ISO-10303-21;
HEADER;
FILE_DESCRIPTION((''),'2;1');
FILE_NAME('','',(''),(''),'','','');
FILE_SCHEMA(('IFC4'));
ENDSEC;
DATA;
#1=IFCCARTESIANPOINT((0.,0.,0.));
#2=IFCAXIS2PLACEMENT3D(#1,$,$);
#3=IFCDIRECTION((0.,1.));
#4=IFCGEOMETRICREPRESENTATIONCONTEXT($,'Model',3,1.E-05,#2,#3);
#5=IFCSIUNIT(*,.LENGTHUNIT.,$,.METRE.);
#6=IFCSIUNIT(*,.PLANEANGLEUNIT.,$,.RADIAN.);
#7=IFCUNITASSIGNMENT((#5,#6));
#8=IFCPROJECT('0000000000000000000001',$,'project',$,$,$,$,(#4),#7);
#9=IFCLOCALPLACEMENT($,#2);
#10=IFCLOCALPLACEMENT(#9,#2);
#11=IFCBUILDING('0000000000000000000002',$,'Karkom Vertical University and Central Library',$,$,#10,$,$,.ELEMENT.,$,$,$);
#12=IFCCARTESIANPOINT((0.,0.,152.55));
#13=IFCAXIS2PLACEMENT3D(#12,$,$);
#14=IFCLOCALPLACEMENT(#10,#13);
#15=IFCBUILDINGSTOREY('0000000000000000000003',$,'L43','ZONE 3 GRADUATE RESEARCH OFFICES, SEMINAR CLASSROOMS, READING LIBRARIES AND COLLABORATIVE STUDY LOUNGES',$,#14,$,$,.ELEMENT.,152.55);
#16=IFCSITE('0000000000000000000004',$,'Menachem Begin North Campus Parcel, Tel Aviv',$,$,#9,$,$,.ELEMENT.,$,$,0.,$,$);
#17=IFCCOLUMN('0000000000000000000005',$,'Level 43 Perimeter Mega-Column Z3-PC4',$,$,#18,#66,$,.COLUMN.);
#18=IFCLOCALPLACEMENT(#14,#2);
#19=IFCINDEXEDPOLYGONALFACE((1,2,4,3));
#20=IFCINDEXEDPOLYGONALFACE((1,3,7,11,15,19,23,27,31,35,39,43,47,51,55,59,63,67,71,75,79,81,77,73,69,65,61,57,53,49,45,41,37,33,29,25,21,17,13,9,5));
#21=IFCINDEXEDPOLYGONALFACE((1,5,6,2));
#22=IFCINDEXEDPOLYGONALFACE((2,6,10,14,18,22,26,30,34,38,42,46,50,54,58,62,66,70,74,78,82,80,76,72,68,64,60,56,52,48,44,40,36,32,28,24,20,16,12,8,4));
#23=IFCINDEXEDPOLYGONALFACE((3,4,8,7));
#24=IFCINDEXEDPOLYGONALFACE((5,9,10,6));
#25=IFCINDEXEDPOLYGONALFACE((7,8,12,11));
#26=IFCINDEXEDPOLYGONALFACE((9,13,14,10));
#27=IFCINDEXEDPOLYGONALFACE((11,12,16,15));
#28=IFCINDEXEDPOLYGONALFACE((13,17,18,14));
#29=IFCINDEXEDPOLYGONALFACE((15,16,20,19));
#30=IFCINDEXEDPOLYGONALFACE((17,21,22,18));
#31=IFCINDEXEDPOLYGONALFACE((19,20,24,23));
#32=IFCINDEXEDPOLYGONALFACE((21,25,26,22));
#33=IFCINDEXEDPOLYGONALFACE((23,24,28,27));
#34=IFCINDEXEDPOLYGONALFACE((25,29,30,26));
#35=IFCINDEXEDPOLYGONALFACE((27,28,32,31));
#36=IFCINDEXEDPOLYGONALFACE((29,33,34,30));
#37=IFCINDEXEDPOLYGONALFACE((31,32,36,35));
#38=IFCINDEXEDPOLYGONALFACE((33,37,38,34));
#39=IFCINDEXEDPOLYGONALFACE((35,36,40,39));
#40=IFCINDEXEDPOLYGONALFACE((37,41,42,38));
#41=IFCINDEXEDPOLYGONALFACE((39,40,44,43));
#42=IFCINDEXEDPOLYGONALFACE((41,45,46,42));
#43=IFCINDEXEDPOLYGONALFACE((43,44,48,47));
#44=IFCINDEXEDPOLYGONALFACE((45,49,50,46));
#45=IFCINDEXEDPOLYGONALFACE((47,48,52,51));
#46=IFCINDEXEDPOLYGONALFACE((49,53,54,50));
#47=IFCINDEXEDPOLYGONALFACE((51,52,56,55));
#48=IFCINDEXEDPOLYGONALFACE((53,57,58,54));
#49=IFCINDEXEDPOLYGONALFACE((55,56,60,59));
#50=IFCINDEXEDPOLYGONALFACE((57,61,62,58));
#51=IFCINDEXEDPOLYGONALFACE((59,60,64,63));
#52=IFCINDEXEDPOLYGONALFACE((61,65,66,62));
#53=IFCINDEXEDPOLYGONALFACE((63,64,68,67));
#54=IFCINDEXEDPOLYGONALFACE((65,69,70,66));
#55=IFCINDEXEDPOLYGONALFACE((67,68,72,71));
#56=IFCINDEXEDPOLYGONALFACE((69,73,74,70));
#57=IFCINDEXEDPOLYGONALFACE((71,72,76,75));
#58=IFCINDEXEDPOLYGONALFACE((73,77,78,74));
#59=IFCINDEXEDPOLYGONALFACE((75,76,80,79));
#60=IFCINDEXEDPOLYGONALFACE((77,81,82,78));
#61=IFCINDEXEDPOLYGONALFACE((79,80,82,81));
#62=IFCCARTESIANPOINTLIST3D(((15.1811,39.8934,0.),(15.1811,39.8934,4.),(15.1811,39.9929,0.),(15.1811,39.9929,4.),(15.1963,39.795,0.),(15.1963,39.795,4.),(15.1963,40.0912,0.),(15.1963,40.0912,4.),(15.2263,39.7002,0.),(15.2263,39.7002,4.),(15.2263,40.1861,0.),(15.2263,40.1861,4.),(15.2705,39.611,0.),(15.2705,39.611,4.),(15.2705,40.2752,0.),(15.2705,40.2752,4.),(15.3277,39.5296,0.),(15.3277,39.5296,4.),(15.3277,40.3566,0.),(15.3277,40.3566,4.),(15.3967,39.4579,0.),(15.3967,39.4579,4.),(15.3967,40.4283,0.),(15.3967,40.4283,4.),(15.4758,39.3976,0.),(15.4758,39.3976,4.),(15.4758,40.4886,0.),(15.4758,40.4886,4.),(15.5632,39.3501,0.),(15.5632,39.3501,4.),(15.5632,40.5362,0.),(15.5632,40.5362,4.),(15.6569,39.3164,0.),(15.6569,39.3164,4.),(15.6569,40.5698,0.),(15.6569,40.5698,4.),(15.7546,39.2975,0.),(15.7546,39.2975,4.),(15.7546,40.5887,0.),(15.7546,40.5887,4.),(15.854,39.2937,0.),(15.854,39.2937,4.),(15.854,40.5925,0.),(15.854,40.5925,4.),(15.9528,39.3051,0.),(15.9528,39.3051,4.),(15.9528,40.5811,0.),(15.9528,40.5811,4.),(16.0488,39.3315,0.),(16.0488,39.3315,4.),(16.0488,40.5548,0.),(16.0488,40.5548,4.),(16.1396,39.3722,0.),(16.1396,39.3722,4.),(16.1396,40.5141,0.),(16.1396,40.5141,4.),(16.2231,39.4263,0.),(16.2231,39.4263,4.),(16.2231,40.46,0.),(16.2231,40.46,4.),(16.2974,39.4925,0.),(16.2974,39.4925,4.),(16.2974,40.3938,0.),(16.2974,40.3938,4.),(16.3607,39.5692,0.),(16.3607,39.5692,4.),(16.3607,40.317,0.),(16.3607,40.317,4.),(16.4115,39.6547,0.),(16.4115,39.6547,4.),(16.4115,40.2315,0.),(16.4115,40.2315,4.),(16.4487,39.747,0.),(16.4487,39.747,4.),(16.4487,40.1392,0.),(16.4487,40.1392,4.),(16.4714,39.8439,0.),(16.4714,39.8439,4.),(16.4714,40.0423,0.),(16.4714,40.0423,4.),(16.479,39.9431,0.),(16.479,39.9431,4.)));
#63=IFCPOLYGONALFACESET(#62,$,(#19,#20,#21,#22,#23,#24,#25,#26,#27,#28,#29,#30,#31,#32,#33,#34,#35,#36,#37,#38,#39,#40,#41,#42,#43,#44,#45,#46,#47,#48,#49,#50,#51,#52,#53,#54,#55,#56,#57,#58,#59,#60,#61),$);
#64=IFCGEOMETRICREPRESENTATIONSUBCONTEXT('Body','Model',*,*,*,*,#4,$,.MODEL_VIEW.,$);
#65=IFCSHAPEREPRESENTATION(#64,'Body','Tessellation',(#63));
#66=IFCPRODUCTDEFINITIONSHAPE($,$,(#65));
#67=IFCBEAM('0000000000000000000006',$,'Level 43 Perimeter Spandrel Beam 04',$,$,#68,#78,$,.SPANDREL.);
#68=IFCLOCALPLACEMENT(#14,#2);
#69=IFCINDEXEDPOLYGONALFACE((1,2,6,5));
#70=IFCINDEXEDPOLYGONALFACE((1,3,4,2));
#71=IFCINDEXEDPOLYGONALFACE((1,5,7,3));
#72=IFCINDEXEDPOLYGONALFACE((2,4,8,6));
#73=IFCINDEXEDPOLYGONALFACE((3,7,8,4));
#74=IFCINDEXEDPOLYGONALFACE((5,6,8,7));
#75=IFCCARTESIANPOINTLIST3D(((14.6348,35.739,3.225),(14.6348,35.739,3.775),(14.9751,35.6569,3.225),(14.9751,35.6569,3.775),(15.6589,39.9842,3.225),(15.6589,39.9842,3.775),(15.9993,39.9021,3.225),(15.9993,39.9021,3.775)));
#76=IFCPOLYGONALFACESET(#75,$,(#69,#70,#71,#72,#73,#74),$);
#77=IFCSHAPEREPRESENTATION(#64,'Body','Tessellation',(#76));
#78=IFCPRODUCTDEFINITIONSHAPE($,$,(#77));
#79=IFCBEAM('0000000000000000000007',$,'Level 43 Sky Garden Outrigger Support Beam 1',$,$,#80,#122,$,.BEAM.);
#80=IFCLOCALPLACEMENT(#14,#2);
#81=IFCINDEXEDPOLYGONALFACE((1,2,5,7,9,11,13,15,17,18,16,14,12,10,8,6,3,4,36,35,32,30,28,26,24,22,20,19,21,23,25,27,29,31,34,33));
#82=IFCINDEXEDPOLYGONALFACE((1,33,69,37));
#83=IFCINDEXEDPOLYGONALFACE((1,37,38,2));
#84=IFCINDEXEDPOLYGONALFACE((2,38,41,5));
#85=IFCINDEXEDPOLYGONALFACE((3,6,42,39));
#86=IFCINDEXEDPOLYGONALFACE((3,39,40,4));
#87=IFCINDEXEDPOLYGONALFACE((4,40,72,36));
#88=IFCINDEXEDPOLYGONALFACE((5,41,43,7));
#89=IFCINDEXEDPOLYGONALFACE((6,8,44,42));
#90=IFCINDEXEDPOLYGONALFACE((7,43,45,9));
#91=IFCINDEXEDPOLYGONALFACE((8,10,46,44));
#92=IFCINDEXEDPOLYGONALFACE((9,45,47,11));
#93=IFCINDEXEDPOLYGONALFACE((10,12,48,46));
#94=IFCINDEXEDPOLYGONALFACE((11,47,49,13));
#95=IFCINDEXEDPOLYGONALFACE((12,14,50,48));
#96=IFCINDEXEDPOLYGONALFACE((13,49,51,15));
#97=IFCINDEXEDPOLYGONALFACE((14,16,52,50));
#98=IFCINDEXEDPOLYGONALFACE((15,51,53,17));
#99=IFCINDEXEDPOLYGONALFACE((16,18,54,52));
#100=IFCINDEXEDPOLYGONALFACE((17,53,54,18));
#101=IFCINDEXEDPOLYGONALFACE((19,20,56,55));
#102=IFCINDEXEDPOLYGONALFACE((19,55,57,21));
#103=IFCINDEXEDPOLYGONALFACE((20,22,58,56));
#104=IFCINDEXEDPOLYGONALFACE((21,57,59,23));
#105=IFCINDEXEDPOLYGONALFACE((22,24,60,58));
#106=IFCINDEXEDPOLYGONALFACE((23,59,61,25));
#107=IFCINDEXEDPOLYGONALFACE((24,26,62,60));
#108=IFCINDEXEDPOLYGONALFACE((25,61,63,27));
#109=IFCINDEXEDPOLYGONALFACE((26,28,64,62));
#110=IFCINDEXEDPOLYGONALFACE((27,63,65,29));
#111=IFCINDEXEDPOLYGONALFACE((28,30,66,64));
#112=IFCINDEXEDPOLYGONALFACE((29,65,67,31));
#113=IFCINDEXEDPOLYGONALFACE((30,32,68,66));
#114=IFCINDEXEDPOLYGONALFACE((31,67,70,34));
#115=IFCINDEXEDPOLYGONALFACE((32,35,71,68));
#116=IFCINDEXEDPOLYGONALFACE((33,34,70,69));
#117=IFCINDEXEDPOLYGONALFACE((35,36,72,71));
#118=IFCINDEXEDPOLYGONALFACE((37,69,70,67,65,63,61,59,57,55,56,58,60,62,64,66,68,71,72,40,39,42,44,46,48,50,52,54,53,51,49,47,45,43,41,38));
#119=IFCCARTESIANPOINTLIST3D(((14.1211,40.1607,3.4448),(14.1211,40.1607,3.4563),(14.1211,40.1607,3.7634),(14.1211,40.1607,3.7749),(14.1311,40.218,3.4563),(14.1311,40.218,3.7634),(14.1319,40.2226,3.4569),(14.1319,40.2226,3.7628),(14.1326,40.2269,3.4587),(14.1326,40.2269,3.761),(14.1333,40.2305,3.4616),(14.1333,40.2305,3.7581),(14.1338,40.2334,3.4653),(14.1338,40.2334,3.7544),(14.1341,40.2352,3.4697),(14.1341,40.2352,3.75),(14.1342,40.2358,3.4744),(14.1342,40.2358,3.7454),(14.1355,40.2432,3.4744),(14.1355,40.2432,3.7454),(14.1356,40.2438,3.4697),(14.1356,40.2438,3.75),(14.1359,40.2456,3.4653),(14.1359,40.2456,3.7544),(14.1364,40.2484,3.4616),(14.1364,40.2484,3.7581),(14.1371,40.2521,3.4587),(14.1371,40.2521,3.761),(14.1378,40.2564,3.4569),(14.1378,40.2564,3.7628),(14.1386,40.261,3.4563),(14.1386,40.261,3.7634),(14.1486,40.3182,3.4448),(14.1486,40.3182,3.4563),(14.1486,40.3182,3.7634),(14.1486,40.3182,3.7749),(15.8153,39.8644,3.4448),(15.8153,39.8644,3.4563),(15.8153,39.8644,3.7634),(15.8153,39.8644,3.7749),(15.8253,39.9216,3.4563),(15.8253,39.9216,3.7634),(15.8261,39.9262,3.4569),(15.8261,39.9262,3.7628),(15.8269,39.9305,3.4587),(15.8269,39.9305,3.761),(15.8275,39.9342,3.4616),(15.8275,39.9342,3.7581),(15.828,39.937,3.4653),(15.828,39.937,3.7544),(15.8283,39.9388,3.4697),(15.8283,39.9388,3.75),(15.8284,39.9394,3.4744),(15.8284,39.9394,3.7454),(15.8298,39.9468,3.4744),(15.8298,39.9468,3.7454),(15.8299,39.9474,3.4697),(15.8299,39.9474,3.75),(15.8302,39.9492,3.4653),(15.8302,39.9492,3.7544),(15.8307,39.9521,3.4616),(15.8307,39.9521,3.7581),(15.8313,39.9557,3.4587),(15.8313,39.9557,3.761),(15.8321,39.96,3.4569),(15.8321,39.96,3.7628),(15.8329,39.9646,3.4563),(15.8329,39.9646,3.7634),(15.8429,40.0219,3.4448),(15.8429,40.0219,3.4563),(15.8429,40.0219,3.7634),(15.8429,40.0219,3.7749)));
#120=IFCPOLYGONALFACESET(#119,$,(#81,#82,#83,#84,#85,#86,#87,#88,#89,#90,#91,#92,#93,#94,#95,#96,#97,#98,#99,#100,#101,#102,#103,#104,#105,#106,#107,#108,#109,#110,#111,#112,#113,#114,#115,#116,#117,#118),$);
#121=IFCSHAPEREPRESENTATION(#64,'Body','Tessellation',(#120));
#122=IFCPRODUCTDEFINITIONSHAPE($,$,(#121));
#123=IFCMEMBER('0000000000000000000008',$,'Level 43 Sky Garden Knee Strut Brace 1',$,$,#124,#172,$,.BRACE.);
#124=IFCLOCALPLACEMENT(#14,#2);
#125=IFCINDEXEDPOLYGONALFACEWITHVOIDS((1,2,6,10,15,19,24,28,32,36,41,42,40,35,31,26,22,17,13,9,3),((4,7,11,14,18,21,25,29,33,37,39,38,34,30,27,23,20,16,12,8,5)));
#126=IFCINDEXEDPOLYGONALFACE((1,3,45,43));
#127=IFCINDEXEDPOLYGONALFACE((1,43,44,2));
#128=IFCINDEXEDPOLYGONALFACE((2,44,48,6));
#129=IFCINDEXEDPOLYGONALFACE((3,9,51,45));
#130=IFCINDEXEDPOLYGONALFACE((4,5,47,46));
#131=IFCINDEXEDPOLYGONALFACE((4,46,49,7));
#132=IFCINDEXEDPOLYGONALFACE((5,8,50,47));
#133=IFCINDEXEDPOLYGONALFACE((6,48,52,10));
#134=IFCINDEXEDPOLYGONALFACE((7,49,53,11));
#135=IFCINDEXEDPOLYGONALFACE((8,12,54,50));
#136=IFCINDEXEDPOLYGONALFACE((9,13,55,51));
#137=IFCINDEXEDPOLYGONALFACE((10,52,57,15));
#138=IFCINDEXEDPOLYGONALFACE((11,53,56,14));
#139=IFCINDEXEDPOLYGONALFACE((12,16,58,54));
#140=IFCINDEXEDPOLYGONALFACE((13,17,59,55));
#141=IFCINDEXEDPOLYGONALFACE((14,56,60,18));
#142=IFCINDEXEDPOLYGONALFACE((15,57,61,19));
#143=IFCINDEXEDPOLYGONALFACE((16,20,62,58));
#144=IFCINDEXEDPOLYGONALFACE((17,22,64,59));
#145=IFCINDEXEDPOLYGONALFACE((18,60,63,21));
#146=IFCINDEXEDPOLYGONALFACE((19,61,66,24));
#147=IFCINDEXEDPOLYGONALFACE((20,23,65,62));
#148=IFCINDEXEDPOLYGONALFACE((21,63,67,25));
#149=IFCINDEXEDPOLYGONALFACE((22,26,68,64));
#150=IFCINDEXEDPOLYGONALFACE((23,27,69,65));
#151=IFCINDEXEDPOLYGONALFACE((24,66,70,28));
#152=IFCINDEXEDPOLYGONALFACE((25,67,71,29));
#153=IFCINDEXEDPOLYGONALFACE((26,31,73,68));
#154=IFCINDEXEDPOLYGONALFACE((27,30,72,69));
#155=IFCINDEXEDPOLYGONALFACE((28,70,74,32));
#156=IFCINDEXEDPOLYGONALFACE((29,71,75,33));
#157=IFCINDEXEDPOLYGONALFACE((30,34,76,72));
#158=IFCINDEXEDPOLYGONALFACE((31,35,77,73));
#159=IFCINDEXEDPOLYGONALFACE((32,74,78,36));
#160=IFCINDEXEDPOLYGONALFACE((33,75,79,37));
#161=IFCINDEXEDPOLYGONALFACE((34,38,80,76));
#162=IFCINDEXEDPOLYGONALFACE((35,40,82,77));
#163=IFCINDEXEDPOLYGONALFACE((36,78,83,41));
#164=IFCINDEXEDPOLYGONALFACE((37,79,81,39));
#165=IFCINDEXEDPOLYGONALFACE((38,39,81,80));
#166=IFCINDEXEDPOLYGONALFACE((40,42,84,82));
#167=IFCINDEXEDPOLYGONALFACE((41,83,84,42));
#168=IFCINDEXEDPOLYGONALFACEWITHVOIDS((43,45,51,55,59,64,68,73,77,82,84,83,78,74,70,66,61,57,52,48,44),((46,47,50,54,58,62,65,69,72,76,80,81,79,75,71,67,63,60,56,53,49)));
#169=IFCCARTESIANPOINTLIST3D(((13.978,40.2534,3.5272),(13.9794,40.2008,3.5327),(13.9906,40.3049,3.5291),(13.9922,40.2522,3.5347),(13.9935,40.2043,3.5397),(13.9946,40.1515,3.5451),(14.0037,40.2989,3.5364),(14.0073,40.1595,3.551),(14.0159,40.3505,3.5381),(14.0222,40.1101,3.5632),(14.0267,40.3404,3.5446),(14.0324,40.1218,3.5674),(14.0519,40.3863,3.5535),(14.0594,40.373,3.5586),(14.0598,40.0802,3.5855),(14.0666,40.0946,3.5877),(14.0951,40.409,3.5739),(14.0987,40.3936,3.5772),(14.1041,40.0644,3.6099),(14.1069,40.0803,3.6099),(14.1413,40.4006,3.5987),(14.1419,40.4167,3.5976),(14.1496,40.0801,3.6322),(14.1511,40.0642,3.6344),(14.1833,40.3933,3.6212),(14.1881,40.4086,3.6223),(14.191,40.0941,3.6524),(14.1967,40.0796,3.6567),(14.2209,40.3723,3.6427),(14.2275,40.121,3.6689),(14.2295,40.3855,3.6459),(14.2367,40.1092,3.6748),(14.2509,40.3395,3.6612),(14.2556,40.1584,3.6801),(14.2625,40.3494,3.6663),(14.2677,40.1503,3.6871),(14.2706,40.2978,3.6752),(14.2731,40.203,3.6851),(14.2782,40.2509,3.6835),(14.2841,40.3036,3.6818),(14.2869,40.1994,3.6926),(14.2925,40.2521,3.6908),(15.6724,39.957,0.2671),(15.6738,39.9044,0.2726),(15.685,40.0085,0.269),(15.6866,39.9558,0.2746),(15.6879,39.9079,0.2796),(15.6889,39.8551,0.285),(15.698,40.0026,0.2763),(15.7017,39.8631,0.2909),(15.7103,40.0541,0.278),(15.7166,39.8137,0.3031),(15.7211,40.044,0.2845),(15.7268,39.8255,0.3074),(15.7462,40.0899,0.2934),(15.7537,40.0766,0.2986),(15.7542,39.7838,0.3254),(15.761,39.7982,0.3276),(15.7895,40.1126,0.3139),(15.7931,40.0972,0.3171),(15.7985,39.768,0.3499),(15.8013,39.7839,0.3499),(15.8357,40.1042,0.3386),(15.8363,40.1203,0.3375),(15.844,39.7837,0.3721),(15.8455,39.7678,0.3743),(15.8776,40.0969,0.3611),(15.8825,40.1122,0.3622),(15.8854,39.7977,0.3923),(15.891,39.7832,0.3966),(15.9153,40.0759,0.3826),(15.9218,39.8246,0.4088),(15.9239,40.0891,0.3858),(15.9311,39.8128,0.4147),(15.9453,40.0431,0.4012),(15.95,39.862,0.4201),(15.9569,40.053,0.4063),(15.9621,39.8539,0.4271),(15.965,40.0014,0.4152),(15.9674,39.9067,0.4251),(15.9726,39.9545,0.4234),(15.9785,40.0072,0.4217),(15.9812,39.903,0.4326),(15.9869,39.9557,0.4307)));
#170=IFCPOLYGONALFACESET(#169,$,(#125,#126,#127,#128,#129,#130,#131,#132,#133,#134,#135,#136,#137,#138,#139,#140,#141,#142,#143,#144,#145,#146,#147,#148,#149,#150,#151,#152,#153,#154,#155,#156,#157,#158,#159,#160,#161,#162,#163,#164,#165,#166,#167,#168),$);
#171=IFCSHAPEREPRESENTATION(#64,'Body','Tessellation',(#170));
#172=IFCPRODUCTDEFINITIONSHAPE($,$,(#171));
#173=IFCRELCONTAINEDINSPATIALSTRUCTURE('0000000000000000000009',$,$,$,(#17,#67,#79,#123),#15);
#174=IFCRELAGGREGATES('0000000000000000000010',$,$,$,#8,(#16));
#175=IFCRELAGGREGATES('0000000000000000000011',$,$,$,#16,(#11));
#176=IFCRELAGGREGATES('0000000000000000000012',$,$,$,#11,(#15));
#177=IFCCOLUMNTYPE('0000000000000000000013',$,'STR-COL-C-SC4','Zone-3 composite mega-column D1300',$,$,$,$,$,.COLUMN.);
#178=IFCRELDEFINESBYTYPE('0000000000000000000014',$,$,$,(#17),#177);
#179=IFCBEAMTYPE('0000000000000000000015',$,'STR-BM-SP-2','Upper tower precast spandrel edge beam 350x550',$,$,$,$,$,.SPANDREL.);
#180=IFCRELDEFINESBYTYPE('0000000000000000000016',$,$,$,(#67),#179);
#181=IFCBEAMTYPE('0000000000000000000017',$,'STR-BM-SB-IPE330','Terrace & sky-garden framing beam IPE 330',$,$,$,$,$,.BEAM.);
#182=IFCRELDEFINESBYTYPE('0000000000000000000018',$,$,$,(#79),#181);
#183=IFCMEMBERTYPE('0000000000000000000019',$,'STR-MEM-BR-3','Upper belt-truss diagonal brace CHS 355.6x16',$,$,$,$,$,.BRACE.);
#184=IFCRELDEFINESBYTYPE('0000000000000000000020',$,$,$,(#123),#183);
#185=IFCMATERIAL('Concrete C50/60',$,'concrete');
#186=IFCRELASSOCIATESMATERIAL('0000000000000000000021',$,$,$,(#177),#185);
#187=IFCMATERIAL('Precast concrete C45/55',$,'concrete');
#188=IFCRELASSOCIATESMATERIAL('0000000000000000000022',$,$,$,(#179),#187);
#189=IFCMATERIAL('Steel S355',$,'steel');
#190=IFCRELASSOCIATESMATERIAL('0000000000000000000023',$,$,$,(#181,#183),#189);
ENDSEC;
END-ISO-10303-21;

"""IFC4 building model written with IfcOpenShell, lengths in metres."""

from ifc_helpers import new_model, si_unit, direction, frame, origin, origin_with_axes, origin_2d, place, context, subcontext, project, spatial, rectangle, circle, hollow_circle, i_section, extrude, source, transform, mapped, material, material_profile, profile_set, type_object, element, save


model = new_model("IFC4")

# Units and contexts
model_context = context("Model", 3, precision=1e-05, world=origin(), true_north=direction((0.0, 1.0)))
body_context = subcontext(model_context, "Body", "Model", "MODEL_VIEW")
ifc_project = project(units=[si_unit("LENGTHUNIT", "METRE"), si_unit("PLANEANGLEUNIT", "RADIAN")], contexts=[model_context])

# Site, building, storey
site_placement = place(None, origin())
site = spatial("IfcSite", under=ifc_project, at=site_placement, Name="Menachem Begin North Campus Parcel, Tel Aviv", CompositionType="ELEMENT", RefElevation=0.0)
building_placement = place(site_placement, origin())
building = spatial("IfcBuilding", under=site, at=building_placement, Name="Karkom Vertical University and Central Library", CompositionType="ELEMENT")
storey_placement = place(building_placement, frame((0.0, 0.0, 152.55)))
storey = spatial("IfcBuildingStorey", under=building, at=storey_placement, Name="L43", Description="ZONE 3 GRADUATE RESEARCH OFFICES, SEMINAR CLASSROOMS, READING LIBRARIES AND COLLABORATIVE STUDY LOUNGES", CompositionType="ELEMENT", Elevation=152.55)

# Column
ifc_material_1 = material(Name="Concrete C50/60", Category="concrete")
ifc_material_profile_1 = material_profile(ifc_material_1, circle(Radius=0.6499, at=origin_2d()), Name="CFT-D1300")
ifc_profile_set_1 = profile_set([ifc_material_profile_1], Name="Concrete C50/60")
column_type = type_object("IfcColumnType", Name="STR-COL-C-SC4", Description="Zone-3 composite mega-column D1300", PredefinedType="COLUMN", material=ifc_profile_set_1)
shared_shape_1 = source(origin_with_axes(), body_context, "Body", "SweptSolid", [
    extrude(circle(Radius=0.6499, at=origin_2d()), origin(), (0.0, 0.0, 1.0), 4.0),
])
column_placement = place(storey_placement, frame((15.8291, 39.9431, 0.0), z_axis=(0.0, 0.0, 1.0), x_axis=(1.0, 0.0, 0.0)))
element("IfcColumn", 1, at=column_placement, inside=storey, type_object=column_type, Name="Level 43 Perimeter Mega-Column Z3-PC4", PredefinedType="COLUMN", context=body_context, shape_type="MappedRepresentation", body=[
    mapped(shared_shape_1, transform((0.0, 0.0, 0.0), scale=1.0)),
])

# Beams
ifc_material_2 = material(Name="Precast concrete C45/55", Category="concrete")
ifc_material_profile_2 = material_profile(ifc_material_2, rectangle(XDim=0.3501, YDim=0.55, at=origin_2d()), Name="SPB-350x550")
ifc_profile_set_2 = profile_set([ifc_material_profile_2], Name="Precast concrete C45/55")
beam_type_1 = type_object("IfcBeamType", Name="STR-BM-SP-2", Description="Upper tower precast spandrel edge beam 350x550", PredefinedType="SPANDREL", material=ifc_profile_set_2)
shared_shape_2 = source(origin_with_axes(), body_context, "Body", "SweptSolid", [
    extrude(rectangle(XDim=0.3501, YDim=0.55, at=origin_2d()), origin(), (0.0, 0.0, 1.0), 4.3669),
])
beam_1_placement = place(storey_placement, frame((15.8291, 39.9431, 3.5), z_axis=(-0.234529, -0.972109, 0.0), x_axis=(0.972109, -0.234529, 0.0)))
element("IfcBeam", 2, at=beam_1_placement, inside=storey, type_object=beam_type_1, Name="Level 43 Perimeter Spandrel Beam 04", PredefinedType="SPANDREL", context=body_context, shape_type="MappedRepresentation", body=[
    mapped(shared_shape_2, transform((0.0, 0.0, 0.0), scale=1.0)),
])
ifc_material_3 = material(Name="Steel S355", Category="steel")
ifc_material_profile_3 = material_profile(ifc_material_3, i_section(OverallWidth=0.1599, OverallDepth=0.3301, WebThickness=0.0076, FlangeThickness=0.0115, FilletRadius=0.0181, at=origin_2d()), Name="IPE 330")
ifc_profile_set_3 = profile_set([ifc_material_profile_3], Name="Steel S355")
beam_type_2 = type_object("IfcBeamType", Name="STR-BM-SB-IPE330", Description="Terrace & sky-garden framing beam IPE 330", PredefinedType="BEAM", material=ifc_profile_set_3)
shared_shape_3 = source(origin_with_axes(), body_context, "Body", "SweptSolid", [
    extrude(i_section(OverallWidth=0.1599, OverallDepth=0.3301, WebThickness=0.0076, FlangeThickness=0.0115, FilletRadius=0.0181, at=origin_2d()), origin(), (0.0, 0.0, 1.0), 1.72),
])
beam_2_placement = place(storey_placement, frame((15.8291, 39.9431, 3.6099), z_axis=(-0.985043, 0.172311, 0.0), x_axis=(-0.172311, -0.985043, 0.0)))
element("IfcBeam", 3, at=beam_2_placement, inside=storey, type_object=beam_type_2, Name="Level 43 Sky Garden Outrigger Support Beam 1", PredefinedType="BEAM", context=body_context, shape_type="MappedRepresentation", body=[
    mapped(shared_shape_3, transform((0.0, 0.0, 0.0), scale=1.0)),
])

# Member
ifc_material_profile_4 = material_profile(ifc_material_3, hollow_circle(Radius=0.1777, WallThickness=0.0161, at=origin_2d()), Name="CHS 355.6x16")
ifc_profile_set_4 = profile_set([ifc_material_profile_4], Name="Steel S355")
member_type_1 = type_object("IfcMemberType", Name="STR-MEM-BR-3", Description="Upper belt-truss diagonal brace CHS 355.6x16", PredefinedType="BRACE", material=ifc_profile_set_4)
shared_shape_4 = source(origin_with_axes(), body_context, "Body", "SweptSolid", [
    extrude(hollow_circle(Radius=0.1777, WallThickness=0.0161, at=origin_2d()), origin(), (0.0, 0.0, 1.0), 3.686),
])
member_1_placement = place(storey_placement, frame((15.8291, 39.9431, 0.3499), z_axis=(-0.459673, 0.08041, 0.88444), x_axis=(-0.172311, -0.985043, 0.0)))
element("IfcMember", 4, at=member_1_placement, inside=storey, type_object=member_type_1, Name="Level 43 Sky Garden Knee Strut Brace 1", PredefinedType="BRACE", context=body_context, shape_type="MappedRepresentation", body=[
    mapped(shared_shape_4, transform((0.0, 0.0, 0.0), scale=1.0)),
])

save(model, "model.ifc")
